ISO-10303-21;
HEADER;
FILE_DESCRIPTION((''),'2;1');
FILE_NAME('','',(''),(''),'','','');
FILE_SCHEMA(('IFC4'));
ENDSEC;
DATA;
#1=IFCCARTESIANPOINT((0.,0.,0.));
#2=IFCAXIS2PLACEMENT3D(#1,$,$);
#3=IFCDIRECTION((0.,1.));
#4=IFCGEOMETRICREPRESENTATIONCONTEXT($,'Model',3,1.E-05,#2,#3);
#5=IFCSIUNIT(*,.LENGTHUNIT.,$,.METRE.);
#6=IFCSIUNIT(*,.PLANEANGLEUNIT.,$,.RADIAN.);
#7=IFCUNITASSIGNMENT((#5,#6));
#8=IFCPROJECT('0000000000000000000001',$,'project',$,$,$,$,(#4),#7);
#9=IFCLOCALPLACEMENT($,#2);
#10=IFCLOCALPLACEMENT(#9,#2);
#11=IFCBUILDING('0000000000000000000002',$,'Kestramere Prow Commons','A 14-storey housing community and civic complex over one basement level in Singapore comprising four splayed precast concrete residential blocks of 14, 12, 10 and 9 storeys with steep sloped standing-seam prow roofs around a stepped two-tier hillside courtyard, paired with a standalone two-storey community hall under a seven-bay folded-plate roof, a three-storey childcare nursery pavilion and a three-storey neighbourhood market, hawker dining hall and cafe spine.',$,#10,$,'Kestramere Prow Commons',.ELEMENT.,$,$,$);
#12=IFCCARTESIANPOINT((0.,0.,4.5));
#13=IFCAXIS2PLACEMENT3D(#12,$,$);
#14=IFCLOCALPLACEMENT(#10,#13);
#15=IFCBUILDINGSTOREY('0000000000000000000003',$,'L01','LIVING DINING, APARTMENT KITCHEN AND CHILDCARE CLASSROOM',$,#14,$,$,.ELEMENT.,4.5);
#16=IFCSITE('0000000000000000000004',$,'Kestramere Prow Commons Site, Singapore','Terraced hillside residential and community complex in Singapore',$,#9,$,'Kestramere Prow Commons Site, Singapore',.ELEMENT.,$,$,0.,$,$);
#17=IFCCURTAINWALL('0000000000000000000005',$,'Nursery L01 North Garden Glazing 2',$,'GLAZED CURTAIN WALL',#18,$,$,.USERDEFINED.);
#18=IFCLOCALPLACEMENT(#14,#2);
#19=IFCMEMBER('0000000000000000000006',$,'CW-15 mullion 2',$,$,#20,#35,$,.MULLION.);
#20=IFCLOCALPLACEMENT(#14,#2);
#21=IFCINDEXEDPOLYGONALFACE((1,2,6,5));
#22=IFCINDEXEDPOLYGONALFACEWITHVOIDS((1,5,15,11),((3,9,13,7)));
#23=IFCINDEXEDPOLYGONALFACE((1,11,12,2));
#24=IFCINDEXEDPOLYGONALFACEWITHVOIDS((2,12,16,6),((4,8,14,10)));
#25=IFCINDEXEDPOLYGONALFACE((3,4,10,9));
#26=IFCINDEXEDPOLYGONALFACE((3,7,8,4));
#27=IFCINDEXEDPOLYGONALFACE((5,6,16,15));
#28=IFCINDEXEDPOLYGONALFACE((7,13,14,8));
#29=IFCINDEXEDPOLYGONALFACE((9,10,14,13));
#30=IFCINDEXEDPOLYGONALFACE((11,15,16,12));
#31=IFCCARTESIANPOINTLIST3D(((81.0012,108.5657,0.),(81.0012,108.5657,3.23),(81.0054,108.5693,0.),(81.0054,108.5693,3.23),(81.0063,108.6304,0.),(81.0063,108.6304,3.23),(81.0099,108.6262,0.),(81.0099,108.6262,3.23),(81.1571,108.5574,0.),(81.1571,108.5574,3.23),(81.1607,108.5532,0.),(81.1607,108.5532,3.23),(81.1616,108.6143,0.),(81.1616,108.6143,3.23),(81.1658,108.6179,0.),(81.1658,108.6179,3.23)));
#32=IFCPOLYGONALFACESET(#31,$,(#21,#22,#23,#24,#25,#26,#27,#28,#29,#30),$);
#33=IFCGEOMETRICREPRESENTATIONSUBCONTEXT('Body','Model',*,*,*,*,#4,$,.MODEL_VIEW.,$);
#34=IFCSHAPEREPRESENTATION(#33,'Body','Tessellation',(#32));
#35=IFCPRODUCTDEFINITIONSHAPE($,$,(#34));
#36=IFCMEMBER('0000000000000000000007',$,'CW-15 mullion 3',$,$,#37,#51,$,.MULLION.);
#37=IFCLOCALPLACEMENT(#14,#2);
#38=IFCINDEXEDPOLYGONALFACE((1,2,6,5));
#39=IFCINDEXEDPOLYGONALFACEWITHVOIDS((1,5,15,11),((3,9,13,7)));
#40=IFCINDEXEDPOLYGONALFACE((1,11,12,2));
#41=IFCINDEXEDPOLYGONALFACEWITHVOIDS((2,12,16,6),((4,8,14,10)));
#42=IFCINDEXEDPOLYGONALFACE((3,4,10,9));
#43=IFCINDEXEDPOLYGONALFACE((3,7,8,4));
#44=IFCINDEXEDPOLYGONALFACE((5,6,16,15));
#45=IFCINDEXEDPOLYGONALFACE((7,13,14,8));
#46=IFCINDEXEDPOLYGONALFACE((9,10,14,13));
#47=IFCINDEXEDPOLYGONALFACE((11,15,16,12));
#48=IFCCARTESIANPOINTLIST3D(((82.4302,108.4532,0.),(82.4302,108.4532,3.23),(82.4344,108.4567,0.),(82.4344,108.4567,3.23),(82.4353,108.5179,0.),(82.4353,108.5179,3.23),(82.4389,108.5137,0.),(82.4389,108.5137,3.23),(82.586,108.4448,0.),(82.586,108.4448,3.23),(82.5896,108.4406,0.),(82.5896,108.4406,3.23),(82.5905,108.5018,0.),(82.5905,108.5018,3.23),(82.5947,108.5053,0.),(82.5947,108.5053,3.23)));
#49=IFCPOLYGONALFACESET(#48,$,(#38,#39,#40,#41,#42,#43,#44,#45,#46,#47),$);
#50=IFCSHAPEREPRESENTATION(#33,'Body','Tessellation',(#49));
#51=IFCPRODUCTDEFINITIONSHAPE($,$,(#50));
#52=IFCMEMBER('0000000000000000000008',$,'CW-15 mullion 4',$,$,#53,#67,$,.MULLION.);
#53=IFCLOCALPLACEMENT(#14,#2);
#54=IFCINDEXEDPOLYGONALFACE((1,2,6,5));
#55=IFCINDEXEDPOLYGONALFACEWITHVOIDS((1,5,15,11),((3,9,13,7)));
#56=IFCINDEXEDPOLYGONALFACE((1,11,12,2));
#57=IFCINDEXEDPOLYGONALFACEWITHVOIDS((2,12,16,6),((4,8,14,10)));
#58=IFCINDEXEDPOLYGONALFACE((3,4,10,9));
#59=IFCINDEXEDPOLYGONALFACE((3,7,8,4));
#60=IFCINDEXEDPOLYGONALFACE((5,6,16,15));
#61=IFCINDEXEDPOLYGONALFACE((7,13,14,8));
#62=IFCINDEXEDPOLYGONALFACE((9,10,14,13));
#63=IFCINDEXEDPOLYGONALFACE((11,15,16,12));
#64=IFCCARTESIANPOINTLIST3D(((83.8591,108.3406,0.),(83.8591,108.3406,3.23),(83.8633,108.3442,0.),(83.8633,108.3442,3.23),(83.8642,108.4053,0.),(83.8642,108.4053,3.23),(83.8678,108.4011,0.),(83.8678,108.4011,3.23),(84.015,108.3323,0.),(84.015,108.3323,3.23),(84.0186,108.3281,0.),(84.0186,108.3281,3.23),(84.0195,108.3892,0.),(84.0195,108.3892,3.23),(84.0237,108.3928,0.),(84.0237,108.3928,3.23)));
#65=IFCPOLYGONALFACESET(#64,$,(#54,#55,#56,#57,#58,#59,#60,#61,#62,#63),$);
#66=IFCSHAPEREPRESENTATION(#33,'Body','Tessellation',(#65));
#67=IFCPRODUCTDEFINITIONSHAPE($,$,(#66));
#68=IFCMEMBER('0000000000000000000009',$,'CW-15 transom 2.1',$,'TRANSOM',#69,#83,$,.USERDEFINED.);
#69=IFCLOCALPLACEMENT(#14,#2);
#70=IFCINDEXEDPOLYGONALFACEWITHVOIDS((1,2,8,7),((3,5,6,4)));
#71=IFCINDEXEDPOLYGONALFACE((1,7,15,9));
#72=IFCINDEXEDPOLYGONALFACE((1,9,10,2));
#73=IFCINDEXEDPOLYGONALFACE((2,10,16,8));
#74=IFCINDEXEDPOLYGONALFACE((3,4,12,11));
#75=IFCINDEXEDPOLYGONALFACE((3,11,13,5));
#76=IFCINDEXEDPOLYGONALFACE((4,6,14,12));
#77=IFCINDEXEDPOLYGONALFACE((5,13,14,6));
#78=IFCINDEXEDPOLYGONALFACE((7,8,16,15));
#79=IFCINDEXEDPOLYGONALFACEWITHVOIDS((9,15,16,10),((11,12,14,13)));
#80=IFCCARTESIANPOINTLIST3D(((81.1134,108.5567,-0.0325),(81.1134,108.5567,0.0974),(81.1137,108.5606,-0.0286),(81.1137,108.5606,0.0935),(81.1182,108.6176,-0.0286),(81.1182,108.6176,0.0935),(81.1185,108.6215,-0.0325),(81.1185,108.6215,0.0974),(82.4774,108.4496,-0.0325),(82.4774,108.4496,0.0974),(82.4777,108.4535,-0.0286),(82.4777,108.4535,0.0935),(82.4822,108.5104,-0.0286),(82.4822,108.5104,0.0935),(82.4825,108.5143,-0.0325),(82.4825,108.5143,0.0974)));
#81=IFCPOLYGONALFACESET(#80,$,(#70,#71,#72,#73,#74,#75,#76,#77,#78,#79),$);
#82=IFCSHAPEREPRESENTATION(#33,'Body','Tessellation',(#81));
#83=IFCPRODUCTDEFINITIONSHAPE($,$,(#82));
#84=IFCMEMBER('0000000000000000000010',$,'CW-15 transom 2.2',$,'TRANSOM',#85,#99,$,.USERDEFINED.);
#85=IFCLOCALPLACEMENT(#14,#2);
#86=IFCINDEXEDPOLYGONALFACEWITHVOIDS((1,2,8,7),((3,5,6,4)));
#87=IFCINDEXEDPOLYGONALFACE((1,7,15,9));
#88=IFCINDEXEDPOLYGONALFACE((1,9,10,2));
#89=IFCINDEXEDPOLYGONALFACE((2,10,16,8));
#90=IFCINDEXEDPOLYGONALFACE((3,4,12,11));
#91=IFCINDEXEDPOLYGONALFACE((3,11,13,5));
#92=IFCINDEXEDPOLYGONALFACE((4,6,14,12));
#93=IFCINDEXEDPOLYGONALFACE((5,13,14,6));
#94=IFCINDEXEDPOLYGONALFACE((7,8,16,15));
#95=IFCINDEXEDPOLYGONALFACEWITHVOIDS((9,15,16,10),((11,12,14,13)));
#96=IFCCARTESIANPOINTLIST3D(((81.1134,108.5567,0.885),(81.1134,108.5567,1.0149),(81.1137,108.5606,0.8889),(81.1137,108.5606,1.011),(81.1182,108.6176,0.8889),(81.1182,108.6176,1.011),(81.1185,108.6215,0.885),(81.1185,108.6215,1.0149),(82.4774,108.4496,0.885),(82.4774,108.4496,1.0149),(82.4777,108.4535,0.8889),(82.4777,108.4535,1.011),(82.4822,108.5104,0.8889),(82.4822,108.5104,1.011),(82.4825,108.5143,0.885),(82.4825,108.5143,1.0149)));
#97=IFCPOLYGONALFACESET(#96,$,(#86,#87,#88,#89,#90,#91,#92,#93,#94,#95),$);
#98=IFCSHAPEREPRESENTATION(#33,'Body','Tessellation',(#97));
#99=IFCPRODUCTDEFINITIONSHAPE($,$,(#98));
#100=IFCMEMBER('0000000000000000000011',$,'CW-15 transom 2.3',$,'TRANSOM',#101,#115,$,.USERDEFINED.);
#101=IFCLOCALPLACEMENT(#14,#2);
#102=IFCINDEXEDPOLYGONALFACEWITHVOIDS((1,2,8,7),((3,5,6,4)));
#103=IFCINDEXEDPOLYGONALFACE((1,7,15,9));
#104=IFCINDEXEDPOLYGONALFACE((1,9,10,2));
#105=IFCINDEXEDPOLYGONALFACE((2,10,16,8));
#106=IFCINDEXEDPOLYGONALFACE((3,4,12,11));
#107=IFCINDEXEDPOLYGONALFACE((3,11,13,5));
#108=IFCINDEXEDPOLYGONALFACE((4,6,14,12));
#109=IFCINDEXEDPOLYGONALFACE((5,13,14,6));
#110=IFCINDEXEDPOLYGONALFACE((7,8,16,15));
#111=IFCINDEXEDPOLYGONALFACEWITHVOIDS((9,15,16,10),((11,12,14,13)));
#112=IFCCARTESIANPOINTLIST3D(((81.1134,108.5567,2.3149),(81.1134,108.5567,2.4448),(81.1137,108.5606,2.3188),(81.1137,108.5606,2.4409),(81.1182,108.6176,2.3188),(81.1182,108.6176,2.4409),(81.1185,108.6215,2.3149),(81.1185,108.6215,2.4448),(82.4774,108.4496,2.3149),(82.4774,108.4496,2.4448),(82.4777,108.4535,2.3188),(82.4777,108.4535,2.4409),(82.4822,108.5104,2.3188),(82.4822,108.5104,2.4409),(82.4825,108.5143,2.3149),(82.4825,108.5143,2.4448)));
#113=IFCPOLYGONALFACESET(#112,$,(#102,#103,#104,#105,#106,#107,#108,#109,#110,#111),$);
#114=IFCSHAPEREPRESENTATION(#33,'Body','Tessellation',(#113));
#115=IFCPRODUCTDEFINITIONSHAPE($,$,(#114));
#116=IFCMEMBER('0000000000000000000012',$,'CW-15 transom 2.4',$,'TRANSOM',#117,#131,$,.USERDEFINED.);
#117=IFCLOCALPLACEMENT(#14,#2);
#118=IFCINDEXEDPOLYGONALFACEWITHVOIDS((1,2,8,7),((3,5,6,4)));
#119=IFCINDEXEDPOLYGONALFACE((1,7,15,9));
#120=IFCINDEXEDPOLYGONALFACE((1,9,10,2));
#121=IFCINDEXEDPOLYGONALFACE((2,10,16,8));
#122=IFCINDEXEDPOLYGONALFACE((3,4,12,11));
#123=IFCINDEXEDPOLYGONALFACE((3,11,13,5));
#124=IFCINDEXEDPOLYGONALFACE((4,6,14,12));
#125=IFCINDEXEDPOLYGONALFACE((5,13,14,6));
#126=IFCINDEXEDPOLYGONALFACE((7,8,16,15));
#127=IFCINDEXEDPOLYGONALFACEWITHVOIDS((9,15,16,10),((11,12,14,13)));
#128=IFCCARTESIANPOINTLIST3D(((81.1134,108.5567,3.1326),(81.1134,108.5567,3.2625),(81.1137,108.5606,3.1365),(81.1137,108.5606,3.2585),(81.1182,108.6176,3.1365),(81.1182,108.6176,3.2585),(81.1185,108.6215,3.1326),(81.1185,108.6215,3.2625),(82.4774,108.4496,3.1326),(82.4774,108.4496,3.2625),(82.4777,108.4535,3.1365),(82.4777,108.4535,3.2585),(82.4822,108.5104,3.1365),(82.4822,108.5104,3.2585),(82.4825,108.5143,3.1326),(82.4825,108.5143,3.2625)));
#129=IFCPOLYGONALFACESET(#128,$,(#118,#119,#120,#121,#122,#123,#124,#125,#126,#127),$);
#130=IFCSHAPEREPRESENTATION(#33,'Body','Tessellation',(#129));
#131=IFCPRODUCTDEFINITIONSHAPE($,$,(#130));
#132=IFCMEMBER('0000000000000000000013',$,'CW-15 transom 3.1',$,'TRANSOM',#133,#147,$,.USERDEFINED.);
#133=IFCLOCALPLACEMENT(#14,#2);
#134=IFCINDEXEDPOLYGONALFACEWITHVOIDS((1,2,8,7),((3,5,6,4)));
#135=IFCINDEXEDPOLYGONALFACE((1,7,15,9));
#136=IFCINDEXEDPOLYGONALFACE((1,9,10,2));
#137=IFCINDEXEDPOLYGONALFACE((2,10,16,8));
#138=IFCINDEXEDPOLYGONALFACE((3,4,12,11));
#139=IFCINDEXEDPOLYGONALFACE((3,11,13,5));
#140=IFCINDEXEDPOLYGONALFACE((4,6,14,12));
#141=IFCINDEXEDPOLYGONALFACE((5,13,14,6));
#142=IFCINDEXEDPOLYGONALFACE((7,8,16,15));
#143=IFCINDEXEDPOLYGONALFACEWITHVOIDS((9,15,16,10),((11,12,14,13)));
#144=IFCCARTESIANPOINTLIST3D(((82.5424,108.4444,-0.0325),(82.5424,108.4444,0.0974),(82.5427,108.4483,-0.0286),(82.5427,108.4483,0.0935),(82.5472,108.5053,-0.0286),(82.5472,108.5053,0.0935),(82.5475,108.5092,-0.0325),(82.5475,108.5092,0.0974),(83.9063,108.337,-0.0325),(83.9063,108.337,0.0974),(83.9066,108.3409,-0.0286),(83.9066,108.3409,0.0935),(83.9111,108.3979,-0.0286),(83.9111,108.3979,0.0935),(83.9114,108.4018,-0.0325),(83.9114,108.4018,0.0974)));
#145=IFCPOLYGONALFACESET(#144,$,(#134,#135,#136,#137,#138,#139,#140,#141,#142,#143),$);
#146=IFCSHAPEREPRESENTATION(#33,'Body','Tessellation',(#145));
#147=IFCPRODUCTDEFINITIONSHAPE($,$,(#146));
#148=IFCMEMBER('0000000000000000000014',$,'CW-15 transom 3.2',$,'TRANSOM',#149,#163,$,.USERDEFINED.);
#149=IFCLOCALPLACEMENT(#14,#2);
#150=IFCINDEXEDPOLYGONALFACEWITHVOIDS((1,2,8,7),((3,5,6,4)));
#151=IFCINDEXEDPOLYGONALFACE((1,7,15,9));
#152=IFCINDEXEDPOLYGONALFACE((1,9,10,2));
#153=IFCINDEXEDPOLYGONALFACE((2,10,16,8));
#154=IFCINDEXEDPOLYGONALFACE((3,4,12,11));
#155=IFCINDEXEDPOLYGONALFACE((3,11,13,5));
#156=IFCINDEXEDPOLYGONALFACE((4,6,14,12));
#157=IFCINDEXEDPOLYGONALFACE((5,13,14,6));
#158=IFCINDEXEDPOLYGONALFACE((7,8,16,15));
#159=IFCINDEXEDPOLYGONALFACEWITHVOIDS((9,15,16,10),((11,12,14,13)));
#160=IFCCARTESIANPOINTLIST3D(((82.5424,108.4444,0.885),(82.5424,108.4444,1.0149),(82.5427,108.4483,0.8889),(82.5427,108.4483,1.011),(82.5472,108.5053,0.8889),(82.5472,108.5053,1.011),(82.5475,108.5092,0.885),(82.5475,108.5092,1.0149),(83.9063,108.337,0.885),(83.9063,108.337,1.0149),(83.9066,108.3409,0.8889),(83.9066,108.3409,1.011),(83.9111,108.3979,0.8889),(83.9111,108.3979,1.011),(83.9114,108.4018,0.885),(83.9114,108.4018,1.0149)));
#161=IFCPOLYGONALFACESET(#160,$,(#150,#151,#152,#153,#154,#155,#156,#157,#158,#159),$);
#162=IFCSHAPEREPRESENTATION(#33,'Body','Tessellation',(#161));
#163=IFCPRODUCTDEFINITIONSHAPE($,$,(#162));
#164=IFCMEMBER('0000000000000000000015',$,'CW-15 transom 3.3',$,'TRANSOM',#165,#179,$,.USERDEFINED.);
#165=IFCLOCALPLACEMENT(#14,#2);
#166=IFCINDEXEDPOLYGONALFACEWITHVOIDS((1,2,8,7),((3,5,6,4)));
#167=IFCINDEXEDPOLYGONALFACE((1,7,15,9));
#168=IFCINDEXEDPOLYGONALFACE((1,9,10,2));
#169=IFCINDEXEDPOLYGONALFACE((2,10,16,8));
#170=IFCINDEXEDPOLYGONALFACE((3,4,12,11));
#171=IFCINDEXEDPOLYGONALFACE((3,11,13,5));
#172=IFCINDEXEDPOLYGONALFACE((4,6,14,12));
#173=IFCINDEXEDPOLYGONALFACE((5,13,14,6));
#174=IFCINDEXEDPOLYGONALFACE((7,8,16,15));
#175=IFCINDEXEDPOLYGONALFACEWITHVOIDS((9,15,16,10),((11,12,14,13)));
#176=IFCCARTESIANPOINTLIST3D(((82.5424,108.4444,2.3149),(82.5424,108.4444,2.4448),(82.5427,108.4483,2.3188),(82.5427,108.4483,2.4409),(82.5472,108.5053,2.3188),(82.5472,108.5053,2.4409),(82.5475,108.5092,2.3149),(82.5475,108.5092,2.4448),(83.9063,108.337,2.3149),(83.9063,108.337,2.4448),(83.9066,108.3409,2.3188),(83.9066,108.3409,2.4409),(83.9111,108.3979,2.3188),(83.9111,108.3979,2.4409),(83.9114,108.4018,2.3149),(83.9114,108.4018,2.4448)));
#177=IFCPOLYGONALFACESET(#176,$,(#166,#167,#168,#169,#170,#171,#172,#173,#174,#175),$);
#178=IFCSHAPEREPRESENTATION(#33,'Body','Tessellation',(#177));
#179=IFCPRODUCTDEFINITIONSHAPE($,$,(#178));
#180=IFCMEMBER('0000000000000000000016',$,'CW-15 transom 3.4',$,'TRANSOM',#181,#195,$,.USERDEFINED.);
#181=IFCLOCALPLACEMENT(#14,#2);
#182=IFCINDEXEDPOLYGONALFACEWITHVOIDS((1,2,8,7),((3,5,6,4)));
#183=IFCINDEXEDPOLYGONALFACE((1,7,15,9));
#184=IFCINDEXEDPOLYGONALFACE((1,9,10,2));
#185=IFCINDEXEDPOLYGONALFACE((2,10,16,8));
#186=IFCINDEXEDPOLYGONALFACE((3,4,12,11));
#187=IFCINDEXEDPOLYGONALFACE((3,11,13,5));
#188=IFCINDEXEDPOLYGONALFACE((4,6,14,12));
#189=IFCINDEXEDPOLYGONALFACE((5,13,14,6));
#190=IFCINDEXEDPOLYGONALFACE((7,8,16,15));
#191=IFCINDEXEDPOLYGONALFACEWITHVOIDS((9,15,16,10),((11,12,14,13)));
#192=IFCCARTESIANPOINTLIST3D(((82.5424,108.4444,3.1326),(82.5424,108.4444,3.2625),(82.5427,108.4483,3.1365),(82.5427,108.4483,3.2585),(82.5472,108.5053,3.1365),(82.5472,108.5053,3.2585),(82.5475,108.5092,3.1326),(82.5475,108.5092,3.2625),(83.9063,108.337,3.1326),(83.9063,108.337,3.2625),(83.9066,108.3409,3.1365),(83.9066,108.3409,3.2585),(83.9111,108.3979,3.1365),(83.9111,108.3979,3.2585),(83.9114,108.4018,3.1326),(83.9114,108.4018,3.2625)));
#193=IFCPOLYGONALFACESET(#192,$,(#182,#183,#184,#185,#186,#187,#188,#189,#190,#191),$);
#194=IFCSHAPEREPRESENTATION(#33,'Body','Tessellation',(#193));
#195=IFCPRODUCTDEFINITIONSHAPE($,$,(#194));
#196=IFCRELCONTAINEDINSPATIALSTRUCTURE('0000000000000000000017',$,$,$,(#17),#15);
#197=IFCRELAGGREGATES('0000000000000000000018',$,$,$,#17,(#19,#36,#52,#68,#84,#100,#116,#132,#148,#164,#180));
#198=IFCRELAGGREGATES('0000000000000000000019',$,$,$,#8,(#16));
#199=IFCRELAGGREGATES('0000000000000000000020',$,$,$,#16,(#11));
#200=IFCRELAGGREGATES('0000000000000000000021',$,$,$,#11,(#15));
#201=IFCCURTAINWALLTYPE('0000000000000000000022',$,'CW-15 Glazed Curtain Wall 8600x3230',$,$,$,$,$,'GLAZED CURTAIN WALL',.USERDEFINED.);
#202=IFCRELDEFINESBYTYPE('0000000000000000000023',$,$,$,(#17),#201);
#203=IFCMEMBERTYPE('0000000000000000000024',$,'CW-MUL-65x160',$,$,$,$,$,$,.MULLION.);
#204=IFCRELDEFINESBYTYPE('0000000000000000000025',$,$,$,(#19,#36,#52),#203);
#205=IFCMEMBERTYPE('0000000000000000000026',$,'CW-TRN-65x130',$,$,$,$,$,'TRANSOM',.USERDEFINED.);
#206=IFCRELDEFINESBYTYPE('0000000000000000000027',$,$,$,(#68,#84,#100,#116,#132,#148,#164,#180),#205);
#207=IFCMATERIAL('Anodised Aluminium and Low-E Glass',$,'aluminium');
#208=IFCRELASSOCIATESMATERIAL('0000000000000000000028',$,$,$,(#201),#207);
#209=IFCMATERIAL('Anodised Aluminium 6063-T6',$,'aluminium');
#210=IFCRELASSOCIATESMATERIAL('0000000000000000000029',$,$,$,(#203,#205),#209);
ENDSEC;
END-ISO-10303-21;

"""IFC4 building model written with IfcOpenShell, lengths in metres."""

from ifc_helpers import new_model, si_unit, direction, frame, origin, origin_2d, place, context, subcontext, project, spatial, hollow_rectangle, extrude, material, material_profile, profile_set, type_object, element, aggregate, save


model = new_model("IFC4")

# Units and contexts
model_context = context("Model", 3, precision=1e-05, world=origin(), true_north=direction((0.0, 1.0)))
body_context = subcontext(model_context, "Body", "Model", "MODEL_VIEW")
ifc_project = project(units=[si_unit("LENGTHUNIT", "METRE"), si_unit("PLANEANGLEUNIT", "RADIAN")], contexts=[model_context])

# Site, building, storey
site_placement = place(None, origin())
site = spatial("IfcSite", under=ifc_project, at=site_placement, Name="Kestramere Prow Commons Site, Singapore", Description="Terraced hillside residential and community complex in Singapore", LongName="Kestramere Prow Commons Site, Singapore", CompositionType="ELEMENT", RefElevation=0.0)
building_placement = place(site_placement, origin())
building = spatial("IfcBuilding", under=site, at=building_placement, Name="Kestramere Prow Commons", Description="A 14-storey housing community and civic complex over one basement level in Singapore comprising four splayed precast concrete residential blocks of 14, 12, 10 and 9 storeys with steep sloped standing-seam prow roofs around a stepped two-tier hillside courtyard, paired with a standalone two-storey community hall under a seven-bay folded-plate roof, a three-storey childcare nursery pavilion and a three-storey neighbourhood market, hawker dining hall and cafe spine.", LongName="Kestramere Prow Commons", CompositionType="ELEMENT")
storey_placement = place(building_placement, frame((0.0, 0.0, 4.5)))
storey = spatial("IfcBuildingStorey", under=building, at=storey_placement, Name="L01", Description="LIVING DINING, APARTMENT KITCHEN AND CHILDCARE CLASSROOM", CompositionType="ELEMENT", Elevation=4.5)

# Curtain wall, members
ifc_material_1 = material(Name="Anodised Aluminium and Low-E Glass", Category="aluminium")
curtain_wall_type = type_object("IfcCurtainWallType", Name="CW-15 Glazed Curtain Wall 8600x3230", ElementType="GLAZED CURTAIN WALL", PredefinedType="USERDEFINED", material=ifc_material_1)
curtain_wall_placement = place(storey_placement, origin())
curtain_wall = element("IfcCurtainWall", 1, at=curtain_wall_placement, inside=storey, type_object=curtain_wall_type, Name="Nursery L01 North Garden Glazing 2", ObjectType="GLAZED CURTAIN WALL", PredefinedType="USERDEFINED")
ifc_material_2 = material(Name="Anodised Aluminium 6063-T6", Category="aluminium")
ifc_material_profile_1 = material_profile(ifc_material_2, hollow_rectangle(XDim=0.0649, YDim=0.1599, WallThickness=0.0039, at=origin_2d()), Name="ALU-MUL 65x160")
ifc_profile_set_1 = profile_set([ifc_material_profile_1], Name="Anodised Aluminium 6063-T6")
member_type_1 = type_object("IfcMemberType", Name="CW-MUL-65x160", PredefinedType="MULLION", material=ifc_profile_set_1)
member_1_placement = place(storey_placement, frame((81.0835, 108.5918, 0.0), z_axis=(0.0, 0.0, 1.0), x_axis=(0.078459, 0.996917, 0.0)))
member_1 = element("IfcMember", 2, at=member_1_placement, type_object=member_type_1, Name="CW-15 mullion 2", PredefinedType="MULLION", context=body_context, shape_type="SweptSolid", body=[
    extrude(hollow_rectangle(XDim=0.0649, YDim=0.1599, WallThickness=0.0039, at=origin_2d()), origin(), (0.0, 0.0, 1.0), 3.23),
])
member_2_placement = place(storey_placement, frame((82.5125, 108.4792, 0.0), z_axis=(0.0, 0.0, 1.0), x_axis=(0.078459, 0.996917, 0.0)))
member_2 = element("IfcMember", 3, at=member_2_placement, type_object=member_type_1, Name="CW-15 mullion 3", PredefinedType="MULLION", context=body_context, shape_type="SweptSolid", body=[
    extrude(hollow_rectangle(XDim=0.0649, YDim=0.1599, WallThickness=0.0039, at=origin_2d()), origin(), (0.0, 0.0, 1.0), 3.23),
])
member_3_placement = place(storey_placement, frame((83.9414, 108.3667, 0.0), z_axis=(0.0, 0.0, 1.0), x_axis=(0.078459, 0.996917, 0.0)))
member_3 = element("IfcMember", 4, at=member_3_placement, type_object=member_type_1, Name="CW-15 mullion 4", PredefinedType="MULLION", context=body_context, shape_type="SweptSolid", body=[
    extrude(hollow_rectangle(XDim=0.0649, YDim=0.1599, WallThickness=0.0039, at=origin_2d()), origin(), (0.0, 0.0, 1.0), 3.23),
])
ifc_material_profile_2 = material_profile(ifc_material_2, hollow_rectangle(XDim=0.0649, YDim=0.1299, WallThickness=0.0039, at=origin_2d()), Name="ALU-TRN 65x130")
ifc_profile_set_2 = profile_set([ifc_material_profile_2], Name="Anodised Aluminium 6063-T6")
member_type_2 = type_object("IfcMemberType", Name="CW-TRN-65x130", ElementType="TRANSOM", PredefinedType="USERDEFINED", material=ifc_profile_set_2)
member_4_placement = place(storey_placement, frame((81.116, 108.5891, 0.0325), z_axis=(0.996927, -0.078334, 0.0), x_axis=(0.078334, 0.996927, 0.0)))
member_4 = element("IfcMember", 5, at=member_4_placement, type_object=member_type_2, Name="CW-15 transom 2.1", ObjectType="TRANSOM", PredefinedType="USERDEFINED", context=body_context, shape_type="SweptSolid", body=[
    extrude(hollow_rectangle(XDim=0.0649, YDim=0.1299, WallThickness=0.0039, at=origin_2d()), origin(), (0.0, 0.0, 1.0), 1.3682),
])
member_5_placement = place(storey_placement, frame((81.116, 108.5891, 0.95), z_axis=(0.996927, -0.078334, 0.0), x_axis=(0.078334, 0.996927, 0.0)))
member_5 = element("IfcMember", 6, at=member_5_placement, type_object=member_type_2, Name="CW-15 transom 2.2", ObjectType="TRANSOM", PredefinedType="USERDEFINED", context=body_context, shape_type="SweptSolid", body=[
    extrude(hollow_rectangle(XDim=0.0649, YDim=0.1299, WallThickness=0.0039, at=origin_2d()), origin(), (0.0, 0.0, 1.0), 1.3682),
])
member_6_placement = place(storey_placement, frame((81.116, 108.5891, 2.3799), z_axis=(0.996927, -0.078334, 0.0), x_axis=(0.078334, 0.996927, 0.0)))
member_6 = element("IfcMember", 7, at=member_6_placement, type_object=member_type_2, Name="CW-15 transom 2.3", ObjectType="TRANSOM", PredefinedType="USERDEFINED", context=body_context, shape_type="SweptSolid", body=[
    extrude(hollow_rectangle(XDim=0.0649, YDim=0.1299, WallThickness=0.0039, at=origin_2d()), origin(), (0.0, 0.0, 1.0), 1.3682),
])
member_7_placement = place(storey_placement, frame((81.116, 108.5891, 3.1975), z_axis=(0.996927, -0.078334, 0.0), x_axis=(0.078334, 0.996927, 0.0)))
member_7 = element("IfcMember", 8, at=member_7_placement, type_object=member_type_2, Name="CW-15 transom 2.4", ObjectType="TRANSOM", PredefinedType="USERDEFINED", context=body_context, shape_type="SweptSolid", body=[
    extrude(hollow_rectangle(XDim=0.0649, YDim=0.1299, WallThickness=0.0039, at=origin_2d()), origin(), (0.0, 0.0, 1.0), 1.3682),
])
member_8_placement = place(storey_placement, frame((82.5449, 108.4768, 0.0325), z_axis=(0.996913, -0.078511, 0.0), x_axis=(0.078511, 0.996913, 0.0)))
member_8 = element("IfcMember", 9, at=member_8_placement, type_object=member_type_2, Name="CW-15 transom 3.1", ObjectType="TRANSOM", PredefinedType="USERDEFINED", context=body_context, shape_type="SweptSolid", body=[
    extrude(hollow_rectangle(XDim=0.0649, YDim=0.1299, WallThickness=0.0039, at=origin_2d()), origin(), (0.0, 0.0, 1.0), 1.3682),
])
member_9_placement = place(storey_placement, frame((82.5449, 108.4768, 0.95), z_axis=(0.996913, -0.078511, 0.0), x_axis=(0.078511, 0.996913, 0.0)))
member_9 = element("IfcMember", 10, at=member_9_placement, type_object=member_type_2, Name="CW-15 transom 3.2", ObjectType="TRANSOM", PredefinedType="USERDEFINED", context=body_context, shape_type="SweptSolid", body=[
    extrude(hollow_rectangle(XDim=0.0649, YDim=0.1299, WallThickness=0.0039, at=origin_2d()), origin(), (0.0, 0.0, 1.0), 1.3682),
])
member_10_placement = place(storey_placement, frame((82.5449, 108.4768, 2.3799), z_axis=(0.996913, -0.078511, 0.0), x_axis=(0.078511, 0.996913, 0.0)))
member_10 = element("IfcMember", 11, at=member_10_placement, type_object=member_type_2, Name="CW-15 transom 3.3", ObjectType="TRANSOM", PredefinedType="USERDEFINED", context=body_context, shape_type="SweptSolid", body=[
    extrude(hollow_rectangle(XDim=0.0649, YDim=0.1299, WallThickness=0.0039, at=origin_2d()), origin(), (0.0, 0.0, 1.0), 1.3682),
])
member_11_placement = place(storey_placement, frame((82.5449, 108.4768, 3.1975), z_axis=(0.996913, -0.078511, 0.0), x_axis=(0.078511, 0.996913, 0.0)))
member_11 = element("IfcMember", 12, at=member_11_placement, type_object=member_type_2, Name="CW-15 transom 3.4", ObjectType="TRANSOM", PredefinedType="USERDEFINED", context=body_context, shape_type="SweptSolid", body=[
    extrude(hollow_rectangle(XDim=0.0649, YDim=0.1299, WallThickness=0.0039, at=origin_2d()), origin(), (0.0, 0.0, 1.0), 1.3682),
])
aggregate(curtain_wall, [member_1, member_2, member_3, member_4, member_5, member_6, member_7, member_8, member_9, member_10, member_11])

save(model, "model.ifc")
